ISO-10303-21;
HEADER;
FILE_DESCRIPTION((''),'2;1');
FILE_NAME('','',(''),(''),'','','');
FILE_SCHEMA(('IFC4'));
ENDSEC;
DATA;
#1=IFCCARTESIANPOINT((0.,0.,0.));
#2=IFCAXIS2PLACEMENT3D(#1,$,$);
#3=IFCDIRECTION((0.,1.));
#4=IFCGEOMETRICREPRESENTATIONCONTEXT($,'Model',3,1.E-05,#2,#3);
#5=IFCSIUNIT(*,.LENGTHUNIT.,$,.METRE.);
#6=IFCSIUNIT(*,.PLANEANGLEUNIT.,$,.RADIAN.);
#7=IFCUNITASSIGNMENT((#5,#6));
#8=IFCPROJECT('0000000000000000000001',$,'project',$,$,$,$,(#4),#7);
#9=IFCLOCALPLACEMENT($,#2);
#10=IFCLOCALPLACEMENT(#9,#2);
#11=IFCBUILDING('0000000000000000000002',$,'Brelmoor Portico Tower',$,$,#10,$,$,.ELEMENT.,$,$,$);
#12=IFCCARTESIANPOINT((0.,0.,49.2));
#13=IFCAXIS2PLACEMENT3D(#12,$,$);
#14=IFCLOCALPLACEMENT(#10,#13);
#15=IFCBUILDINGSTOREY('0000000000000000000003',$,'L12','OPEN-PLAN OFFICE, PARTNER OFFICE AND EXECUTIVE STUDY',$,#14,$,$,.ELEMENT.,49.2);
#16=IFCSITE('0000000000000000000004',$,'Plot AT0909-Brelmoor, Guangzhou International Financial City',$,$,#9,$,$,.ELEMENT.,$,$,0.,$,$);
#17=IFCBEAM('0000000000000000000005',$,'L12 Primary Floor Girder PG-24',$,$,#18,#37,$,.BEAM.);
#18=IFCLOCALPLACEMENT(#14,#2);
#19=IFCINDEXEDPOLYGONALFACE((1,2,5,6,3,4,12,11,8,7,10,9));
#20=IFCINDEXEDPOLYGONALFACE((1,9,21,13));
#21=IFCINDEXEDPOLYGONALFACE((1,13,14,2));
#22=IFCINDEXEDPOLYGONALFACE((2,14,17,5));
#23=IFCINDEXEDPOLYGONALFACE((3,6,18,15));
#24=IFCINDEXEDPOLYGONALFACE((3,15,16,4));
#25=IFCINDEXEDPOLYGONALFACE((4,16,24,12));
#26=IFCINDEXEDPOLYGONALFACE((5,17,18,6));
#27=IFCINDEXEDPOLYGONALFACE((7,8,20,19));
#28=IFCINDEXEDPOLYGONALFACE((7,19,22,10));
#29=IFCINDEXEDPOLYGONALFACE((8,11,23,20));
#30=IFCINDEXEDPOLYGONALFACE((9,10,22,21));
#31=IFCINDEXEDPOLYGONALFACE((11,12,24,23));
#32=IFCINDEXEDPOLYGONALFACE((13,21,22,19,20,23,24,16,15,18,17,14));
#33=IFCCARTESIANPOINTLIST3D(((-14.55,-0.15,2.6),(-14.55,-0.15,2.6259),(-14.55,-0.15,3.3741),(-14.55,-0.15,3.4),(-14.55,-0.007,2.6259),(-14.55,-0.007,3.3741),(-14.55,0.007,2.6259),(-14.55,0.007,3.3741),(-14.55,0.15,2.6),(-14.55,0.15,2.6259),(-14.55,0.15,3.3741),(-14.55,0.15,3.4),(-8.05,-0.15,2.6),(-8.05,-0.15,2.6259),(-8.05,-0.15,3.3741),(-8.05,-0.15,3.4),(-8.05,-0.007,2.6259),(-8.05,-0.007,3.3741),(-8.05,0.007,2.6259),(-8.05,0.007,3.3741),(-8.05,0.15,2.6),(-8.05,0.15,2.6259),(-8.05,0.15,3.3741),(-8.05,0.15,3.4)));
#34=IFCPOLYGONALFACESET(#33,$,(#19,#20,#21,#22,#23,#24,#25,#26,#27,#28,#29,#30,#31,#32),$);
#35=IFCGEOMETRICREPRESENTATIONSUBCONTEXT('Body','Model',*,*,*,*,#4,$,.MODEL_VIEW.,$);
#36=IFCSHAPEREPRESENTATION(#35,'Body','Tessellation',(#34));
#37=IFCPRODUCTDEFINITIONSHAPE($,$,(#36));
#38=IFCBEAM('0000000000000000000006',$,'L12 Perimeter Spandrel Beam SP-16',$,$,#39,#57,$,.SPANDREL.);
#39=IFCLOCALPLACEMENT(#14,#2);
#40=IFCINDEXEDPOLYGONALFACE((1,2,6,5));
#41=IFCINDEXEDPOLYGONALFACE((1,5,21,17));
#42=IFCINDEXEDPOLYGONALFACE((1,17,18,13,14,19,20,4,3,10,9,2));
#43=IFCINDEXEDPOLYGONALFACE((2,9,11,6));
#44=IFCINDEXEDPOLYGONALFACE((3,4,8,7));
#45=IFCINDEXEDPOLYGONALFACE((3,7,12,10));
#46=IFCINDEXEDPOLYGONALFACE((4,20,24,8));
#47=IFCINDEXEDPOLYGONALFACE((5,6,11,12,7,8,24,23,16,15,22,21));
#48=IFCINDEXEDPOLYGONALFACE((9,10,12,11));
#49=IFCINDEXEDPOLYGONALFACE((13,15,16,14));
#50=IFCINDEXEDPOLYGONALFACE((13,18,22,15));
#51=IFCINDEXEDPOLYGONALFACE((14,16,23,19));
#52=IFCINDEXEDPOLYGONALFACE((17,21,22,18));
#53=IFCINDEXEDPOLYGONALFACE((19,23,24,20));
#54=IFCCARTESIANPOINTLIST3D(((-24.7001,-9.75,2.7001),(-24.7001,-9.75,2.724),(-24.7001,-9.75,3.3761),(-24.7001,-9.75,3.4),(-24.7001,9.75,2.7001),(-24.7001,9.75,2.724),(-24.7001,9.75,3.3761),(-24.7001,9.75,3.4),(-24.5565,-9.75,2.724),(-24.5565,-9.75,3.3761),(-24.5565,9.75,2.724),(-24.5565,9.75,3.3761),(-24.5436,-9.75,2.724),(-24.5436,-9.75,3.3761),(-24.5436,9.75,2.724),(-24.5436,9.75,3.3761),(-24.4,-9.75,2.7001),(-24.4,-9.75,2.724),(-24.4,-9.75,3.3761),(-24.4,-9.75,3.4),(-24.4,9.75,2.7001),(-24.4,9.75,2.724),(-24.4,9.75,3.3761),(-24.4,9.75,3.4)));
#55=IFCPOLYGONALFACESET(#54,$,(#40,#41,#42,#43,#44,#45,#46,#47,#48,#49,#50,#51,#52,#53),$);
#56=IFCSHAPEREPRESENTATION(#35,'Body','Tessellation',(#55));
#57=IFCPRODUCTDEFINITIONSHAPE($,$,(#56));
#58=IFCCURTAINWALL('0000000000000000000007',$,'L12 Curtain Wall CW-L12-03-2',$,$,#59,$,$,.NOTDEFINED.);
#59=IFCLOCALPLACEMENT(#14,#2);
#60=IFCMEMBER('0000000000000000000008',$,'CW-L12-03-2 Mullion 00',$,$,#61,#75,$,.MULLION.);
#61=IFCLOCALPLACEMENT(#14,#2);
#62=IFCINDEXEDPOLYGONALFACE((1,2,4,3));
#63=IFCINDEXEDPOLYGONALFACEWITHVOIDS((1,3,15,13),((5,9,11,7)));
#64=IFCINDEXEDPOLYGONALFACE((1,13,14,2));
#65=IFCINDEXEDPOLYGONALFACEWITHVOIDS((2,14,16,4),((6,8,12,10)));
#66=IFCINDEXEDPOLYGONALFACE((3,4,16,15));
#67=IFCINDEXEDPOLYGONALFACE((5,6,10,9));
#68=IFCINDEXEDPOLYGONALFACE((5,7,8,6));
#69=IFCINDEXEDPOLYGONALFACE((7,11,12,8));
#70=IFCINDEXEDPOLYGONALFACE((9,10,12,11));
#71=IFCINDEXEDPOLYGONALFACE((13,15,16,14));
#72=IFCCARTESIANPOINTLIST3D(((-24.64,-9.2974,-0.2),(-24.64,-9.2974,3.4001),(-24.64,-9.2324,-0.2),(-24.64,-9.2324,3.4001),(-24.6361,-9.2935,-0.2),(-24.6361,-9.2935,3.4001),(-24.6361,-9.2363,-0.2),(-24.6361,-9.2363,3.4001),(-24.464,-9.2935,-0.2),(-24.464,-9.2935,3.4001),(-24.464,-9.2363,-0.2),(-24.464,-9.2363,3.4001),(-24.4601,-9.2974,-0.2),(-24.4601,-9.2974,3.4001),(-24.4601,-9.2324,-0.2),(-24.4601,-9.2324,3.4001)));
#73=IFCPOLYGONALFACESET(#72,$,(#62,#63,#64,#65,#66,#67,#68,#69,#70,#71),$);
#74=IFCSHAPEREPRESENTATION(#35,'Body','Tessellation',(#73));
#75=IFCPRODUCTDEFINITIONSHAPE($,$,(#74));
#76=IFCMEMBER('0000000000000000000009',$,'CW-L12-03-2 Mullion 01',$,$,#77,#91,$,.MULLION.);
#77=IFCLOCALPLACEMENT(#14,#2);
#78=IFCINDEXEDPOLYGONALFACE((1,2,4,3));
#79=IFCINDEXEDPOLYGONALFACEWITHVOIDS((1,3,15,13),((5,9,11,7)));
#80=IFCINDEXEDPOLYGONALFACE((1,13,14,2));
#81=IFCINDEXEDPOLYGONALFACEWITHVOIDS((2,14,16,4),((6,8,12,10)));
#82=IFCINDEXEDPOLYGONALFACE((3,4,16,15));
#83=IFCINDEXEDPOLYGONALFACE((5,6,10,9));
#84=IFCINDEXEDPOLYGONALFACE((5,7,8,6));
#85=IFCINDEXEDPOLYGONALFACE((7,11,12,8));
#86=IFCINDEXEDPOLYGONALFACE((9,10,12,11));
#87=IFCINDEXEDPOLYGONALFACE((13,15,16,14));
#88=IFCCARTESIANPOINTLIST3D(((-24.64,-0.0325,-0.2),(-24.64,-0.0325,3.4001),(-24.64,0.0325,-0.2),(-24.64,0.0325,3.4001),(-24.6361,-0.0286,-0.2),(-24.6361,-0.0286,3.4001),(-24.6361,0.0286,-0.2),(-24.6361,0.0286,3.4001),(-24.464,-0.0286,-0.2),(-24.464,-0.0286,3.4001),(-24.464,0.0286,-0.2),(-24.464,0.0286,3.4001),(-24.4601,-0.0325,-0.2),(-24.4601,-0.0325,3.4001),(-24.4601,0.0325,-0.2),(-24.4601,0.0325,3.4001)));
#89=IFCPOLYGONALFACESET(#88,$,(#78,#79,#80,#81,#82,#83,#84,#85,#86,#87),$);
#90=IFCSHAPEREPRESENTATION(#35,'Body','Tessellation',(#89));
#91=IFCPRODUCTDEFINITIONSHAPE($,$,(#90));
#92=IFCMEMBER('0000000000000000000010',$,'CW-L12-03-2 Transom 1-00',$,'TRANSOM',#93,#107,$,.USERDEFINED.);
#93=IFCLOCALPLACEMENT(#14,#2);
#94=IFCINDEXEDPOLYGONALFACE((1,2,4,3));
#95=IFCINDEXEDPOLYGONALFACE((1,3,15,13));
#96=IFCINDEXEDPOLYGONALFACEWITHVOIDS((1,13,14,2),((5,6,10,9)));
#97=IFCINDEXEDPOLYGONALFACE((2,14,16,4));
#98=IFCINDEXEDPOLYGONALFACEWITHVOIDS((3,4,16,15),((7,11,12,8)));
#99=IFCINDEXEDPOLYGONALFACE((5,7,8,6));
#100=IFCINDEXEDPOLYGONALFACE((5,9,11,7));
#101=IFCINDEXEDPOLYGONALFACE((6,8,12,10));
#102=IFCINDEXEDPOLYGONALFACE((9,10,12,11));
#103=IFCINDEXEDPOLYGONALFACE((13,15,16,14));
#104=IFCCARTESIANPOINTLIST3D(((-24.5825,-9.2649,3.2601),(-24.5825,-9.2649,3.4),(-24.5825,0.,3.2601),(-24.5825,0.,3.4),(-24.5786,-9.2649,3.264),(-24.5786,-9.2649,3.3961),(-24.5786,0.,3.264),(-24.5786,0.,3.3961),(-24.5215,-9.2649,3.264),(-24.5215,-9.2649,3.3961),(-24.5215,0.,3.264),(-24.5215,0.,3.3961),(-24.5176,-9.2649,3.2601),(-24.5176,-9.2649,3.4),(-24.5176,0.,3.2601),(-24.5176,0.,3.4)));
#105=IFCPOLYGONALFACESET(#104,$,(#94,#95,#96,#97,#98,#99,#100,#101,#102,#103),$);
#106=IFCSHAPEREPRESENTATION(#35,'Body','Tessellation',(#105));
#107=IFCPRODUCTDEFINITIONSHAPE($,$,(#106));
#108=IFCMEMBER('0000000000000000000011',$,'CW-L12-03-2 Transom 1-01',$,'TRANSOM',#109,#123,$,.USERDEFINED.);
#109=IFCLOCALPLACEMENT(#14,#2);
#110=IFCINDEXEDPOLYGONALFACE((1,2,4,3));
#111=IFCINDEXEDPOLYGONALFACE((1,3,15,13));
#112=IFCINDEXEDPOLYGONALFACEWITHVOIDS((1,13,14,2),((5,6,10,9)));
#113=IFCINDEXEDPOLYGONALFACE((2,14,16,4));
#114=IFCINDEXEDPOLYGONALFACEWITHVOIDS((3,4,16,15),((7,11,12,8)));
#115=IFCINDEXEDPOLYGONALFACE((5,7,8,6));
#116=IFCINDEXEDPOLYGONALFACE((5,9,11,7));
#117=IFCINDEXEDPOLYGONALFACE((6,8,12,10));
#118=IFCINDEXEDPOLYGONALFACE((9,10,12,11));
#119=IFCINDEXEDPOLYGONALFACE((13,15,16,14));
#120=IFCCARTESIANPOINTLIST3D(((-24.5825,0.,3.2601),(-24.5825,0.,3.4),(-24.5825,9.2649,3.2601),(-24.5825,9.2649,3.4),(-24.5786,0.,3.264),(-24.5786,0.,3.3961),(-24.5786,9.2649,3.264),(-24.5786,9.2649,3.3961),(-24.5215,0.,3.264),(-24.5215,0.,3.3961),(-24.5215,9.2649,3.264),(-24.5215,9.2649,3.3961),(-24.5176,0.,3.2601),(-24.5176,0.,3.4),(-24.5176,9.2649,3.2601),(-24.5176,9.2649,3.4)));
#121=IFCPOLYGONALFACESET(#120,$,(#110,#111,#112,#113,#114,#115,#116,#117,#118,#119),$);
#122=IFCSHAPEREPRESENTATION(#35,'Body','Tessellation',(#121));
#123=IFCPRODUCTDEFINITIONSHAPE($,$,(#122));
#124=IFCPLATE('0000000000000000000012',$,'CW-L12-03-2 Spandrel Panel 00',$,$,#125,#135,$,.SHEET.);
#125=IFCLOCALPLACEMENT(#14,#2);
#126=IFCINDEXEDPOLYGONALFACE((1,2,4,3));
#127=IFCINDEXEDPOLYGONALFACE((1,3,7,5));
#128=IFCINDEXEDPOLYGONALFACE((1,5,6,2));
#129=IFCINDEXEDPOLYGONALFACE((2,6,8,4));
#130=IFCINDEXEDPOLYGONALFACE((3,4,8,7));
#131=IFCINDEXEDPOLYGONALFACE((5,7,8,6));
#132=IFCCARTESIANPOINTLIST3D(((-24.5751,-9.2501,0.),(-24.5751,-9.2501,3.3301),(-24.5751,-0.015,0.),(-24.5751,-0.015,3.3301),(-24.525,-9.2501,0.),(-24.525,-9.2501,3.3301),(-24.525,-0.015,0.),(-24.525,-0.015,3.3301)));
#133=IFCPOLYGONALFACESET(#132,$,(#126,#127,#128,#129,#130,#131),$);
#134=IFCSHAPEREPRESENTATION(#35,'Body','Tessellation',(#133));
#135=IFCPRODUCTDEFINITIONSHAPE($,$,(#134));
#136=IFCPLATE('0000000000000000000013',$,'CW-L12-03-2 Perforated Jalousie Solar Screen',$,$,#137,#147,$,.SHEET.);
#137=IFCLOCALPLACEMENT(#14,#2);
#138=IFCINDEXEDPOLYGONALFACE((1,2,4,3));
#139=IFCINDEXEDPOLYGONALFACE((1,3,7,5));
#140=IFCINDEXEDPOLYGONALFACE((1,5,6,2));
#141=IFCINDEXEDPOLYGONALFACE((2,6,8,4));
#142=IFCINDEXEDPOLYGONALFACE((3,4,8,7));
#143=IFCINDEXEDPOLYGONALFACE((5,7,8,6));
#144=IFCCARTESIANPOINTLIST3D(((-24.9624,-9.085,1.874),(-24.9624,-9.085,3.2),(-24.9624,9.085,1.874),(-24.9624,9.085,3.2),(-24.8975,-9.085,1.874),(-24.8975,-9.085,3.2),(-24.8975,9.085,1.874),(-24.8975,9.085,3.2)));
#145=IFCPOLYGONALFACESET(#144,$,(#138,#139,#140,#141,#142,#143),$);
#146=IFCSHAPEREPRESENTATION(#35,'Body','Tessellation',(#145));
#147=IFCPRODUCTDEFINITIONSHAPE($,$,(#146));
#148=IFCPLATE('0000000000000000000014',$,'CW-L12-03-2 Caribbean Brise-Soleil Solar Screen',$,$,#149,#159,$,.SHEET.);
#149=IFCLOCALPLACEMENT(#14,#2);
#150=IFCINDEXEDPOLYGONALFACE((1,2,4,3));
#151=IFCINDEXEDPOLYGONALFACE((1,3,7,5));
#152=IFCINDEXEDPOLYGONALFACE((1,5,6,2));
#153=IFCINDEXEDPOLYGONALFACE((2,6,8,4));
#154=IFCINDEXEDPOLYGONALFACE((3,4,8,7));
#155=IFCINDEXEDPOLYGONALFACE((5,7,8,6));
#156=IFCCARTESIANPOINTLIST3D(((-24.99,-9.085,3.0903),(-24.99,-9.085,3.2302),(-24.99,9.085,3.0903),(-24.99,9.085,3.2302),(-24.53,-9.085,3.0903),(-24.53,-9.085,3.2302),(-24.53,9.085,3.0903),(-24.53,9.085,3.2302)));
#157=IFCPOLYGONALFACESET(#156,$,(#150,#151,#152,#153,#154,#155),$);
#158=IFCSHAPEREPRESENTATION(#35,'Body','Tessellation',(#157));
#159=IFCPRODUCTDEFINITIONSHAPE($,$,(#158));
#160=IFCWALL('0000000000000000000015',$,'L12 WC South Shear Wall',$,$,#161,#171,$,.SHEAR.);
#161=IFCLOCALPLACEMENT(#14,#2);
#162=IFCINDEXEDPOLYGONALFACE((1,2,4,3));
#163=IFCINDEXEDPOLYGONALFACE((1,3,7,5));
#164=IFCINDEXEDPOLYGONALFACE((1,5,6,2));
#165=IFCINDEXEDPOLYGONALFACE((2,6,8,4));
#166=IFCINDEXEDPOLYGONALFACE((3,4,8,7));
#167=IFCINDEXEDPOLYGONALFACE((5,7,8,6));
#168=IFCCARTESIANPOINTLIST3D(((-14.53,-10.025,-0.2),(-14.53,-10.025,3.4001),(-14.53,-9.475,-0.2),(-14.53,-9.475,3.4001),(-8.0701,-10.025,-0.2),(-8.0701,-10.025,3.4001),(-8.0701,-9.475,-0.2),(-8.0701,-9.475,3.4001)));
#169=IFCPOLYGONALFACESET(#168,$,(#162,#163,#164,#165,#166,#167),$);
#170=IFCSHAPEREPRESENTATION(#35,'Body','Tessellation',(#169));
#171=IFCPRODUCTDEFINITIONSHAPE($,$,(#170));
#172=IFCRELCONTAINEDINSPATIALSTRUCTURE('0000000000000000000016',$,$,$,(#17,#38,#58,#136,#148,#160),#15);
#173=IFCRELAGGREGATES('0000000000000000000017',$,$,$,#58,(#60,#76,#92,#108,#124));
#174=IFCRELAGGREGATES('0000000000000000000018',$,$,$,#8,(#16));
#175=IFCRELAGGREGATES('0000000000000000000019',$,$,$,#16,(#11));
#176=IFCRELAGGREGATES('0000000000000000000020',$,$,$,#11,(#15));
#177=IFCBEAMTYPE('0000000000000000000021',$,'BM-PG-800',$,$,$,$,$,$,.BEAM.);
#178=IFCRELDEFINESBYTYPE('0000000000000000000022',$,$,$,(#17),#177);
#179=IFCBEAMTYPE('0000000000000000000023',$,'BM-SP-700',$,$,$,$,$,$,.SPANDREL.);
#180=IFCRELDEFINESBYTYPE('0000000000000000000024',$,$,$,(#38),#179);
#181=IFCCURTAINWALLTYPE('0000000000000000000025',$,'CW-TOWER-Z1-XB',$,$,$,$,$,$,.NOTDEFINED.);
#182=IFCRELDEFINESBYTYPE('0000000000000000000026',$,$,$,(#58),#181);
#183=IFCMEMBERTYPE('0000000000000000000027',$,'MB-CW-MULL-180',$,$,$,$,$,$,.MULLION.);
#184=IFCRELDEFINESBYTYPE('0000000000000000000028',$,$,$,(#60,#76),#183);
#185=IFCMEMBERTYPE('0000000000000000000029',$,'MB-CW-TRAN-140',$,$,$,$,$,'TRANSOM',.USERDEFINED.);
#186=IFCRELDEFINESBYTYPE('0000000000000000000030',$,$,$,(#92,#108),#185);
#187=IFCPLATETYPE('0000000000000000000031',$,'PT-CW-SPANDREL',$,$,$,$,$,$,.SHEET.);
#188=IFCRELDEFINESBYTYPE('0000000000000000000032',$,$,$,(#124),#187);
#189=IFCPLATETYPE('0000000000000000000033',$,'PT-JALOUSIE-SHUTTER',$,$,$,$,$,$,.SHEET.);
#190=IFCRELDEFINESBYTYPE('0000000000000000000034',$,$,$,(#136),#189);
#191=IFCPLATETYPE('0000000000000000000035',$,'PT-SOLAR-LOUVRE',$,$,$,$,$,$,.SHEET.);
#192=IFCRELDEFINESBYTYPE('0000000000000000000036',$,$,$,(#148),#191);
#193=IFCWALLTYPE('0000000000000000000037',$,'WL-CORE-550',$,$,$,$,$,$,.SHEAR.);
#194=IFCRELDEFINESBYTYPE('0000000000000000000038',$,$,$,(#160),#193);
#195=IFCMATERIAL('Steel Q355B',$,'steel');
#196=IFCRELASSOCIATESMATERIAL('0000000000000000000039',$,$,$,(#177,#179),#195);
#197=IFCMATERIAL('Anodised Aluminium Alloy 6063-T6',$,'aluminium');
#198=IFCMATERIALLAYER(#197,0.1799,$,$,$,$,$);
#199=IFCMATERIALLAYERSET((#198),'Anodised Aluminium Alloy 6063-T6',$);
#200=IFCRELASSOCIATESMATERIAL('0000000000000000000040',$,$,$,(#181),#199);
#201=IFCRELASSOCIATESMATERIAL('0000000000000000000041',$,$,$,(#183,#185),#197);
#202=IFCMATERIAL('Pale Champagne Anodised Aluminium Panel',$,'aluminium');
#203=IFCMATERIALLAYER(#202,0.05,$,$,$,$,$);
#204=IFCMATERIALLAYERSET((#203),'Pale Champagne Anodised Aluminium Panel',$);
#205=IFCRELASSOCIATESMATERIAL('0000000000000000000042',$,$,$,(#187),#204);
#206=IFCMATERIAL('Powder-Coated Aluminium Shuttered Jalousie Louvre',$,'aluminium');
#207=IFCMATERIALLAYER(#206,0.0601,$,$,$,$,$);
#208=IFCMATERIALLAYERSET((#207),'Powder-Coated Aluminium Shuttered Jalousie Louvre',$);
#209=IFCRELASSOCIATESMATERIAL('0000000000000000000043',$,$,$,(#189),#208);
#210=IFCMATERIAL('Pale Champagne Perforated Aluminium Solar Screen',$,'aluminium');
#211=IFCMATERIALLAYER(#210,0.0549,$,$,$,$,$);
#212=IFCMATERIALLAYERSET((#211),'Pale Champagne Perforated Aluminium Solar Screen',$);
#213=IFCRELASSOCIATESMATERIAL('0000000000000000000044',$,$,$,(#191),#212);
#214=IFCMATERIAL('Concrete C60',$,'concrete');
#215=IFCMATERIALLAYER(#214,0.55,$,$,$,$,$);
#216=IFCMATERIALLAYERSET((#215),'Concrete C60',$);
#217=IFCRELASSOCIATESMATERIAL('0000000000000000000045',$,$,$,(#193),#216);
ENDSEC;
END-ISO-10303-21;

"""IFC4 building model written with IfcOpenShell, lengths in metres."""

from ifc_helpers import new_model, si_unit, direction, frame, frame_2d, origin, origin_2d, place, context, subcontext, project, spatial, rectangle, hollow_rectangle, i_section, extrude, material, layer, layer_set, material_profile, profile_set, type_object, element, aggregate, save


model = new_model("IFC4")

# Units and contexts
model_context = context("Model", 3, precision=1e-05, world=origin(), true_north=direction((0.0, 1.0)))
body_context = subcontext(model_context, "Body", "Model", "MODEL_VIEW")
ifc_project = project(units=[si_unit("LENGTHUNIT", "METRE"), si_unit("PLANEANGLEUNIT", "RADIAN")], contexts=[model_context])

# Site, building, storey
site_placement = place(None, origin())
site = spatial("IfcSite", under=ifc_project, at=site_placement, Name="Plot AT0909-Brelmoor, Guangzhou International Financial City", CompositionType="ELEMENT", RefElevation=0.0)
building_placement = place(site_placement, origin())
building = spatial("IfcBuilding", under=site, at=building_placement, Name="Brelmoor Portico Tower", CompositionType="ELEMENT")
storey_placement = place(building_placement, frame((0.0, 0.0, 49.2)))
storey = spatial("IfcBuildingStorey", under=building, at=storey_placement, Name="L12", Description="OPEN-PLAN OFFICE, PARTNER OFFICE AND EXECUTIVE STUDY", CompositionType="ELEMENT", Elevation=49.2)

# Shared definitions
ifc_material_1 = material(Name="Steel Q355B", Category="steel")

# Beams
ifc_material_profile_1 = material_profile(ifc_material_1, i_section(OverallWidth=0.3, OverallDepth=0.8, WebThickness=0.0139, FlangeThickness=0.0259, at=origin_2d()), Name="HN 800x300x14x26")
ifc_profile_set_1 = profile_set([ifc_material_profile_1], Name="Steel Q355B")
beam_type_1 = type_object("IfcBeamType", Name="BM-PG-800", PredefinedType="BEAM", material=ifc_profile_set_1)
for number, where, z_axis, x_axis, name in (
    (1, (-14.55, 0.0, 3.0), (1.0, 0.0, 0.0), (0.0, 1.0, 0.0), "L12 Primary Floor Girder PG-24"),
):
    element("IfcBeam", number, at=place(storey_placement, frame(where, z_axis=z_axis, x_axis=x_axis)), inside=storey, type_object=beam_type_1, Name=name, PredefinedType="BEAM", context=body_context, shape_type="SweptSolid", body=[
        extrude(i_section(OverallWidth=0.3, OverallDepth=0.8, WebThickness=0.0139, FlangeThickness=0.0259, at=origin_2d()), origin(), (0.0, 0.0, 1.0), 6.5),
    ])
ifc_material_profile_2 = material_profile(ifc_material_1, i_section(OverallWidth=0.3, OverallDepth=0.7, WebThickness=0.0129, FlangeThickness=0.0239, at=origin_2d()), Name="HN 700x300x13x24")
ifc_profile_set_2 = profile_set([ifc_material_profile_2], Name="Steel Q355B")
beam_type_2 = type_object("IfcBeamType", Name="BM-SP-700", PredefinedType="SPANDREL", material=ifc_profile_set_2)
beam_1_placement = place(storey_placement, frame((-24.55, -9.75, 3.05), z_axis=(0.0, 1.0, 0.0), x_axis=(-1.0, 0.0, 0.0)))
element("IfcBeam", 2, at=beam_1_placement, inside=storey, type_object=beam_type_2, Name="L12 Perimeter Spandrel Beam SP-16", PredefinedType="SPANDREL", context=body_context, shape_type="SweptSolid", body=[
    extrude(i_section(OverallWidth=0.3, OverallDepth=0.7, WebThickness=0.0129, FlangeThickness=0.0239, at=origin_2d()), origin(), (0.0, 0.0, 1.0), 19.5),
])

# Curtain wall, members, plate
ifc_material_2 = material(Name="Anodised Aluminium Alloy 6063-T6", Category="aluminium")
ifc_layer_1 = layer(ifc_material_2, 0.1799)
ifc_layer_set_1 = layer_set([ifc_layer_1], Name="Anodised Aluminium Alloy 6063-T6")
curtain_wall_type = type_object("IfcCurtainWallType", Name="CW-TOWER-Z1-XB", PredefinedType="NOTDEFINED", material=ifc_layer_set_1)
curtain_wall_placement = place(storey_placement, origin())
curtain_wall = element("IfcCurtainWall", 3, at=curtain_wall_placement, inside=storey, type_object=curtain_wall_type, Name="L12 Curtain Wall CW-L12-03-2", PredefinedType="NOTDEFINED")
ifc_material_profile_3 = material_profile(ifc_material_2, hollow_rectangle(XDim=0.0649, YDim=0.1799, WallThickness=0.0039, at=origin_2d()), Name="ALU MULLION 65x180")
ifc_profile_set_3 = profile_set([ifc_material_profile_3], Name="Anodised Aluminium Alloy 6063-T6")
member_type_1 = type_object("IfcMemberType", Name="MB-CW-MULL-180", PredefinedType="MULLION", material=ifc_profile_set_3)
member_1_placement = place(storey_placement, frame((-24.55, -9.2649, -0.2), z_axis=(0.0, 0.0, 1.0), x_axis=(0.0, 1.0, 0.0)))
member_1 = element("IfcMember", 4, at=member_1_placement, type_object=member_type_1, Name="CW-L12-03-2 Mullion 00", PredefinedType="MULLION", context=body_context, shape_type="SweptSolid", body=[
    extrude(hollow_rectangle(XDim=0.0649, YDim=0.1799, WallThickness=0.0039, at=origin_2d()), origin(), (0.0, 0.0, 1.0), 3.6001),
])
member_2_placement = place(storey_placement, frame((-24.55, 0.0, -0.2), z_axis=(0.0, 0.0, 1.0), x_axis=(0.0, 1.0, 0.0)))
member_2 = element("IfcMember", 5, at=member_2_placement, type_object=member_type_1, Name="CW-L12-03-2 Mullion 01", PredefinedType="MULLION", context=body_context, shape_type="SweptSolid", body=[
    extrude(hollow_rectangle(XDim=0.0649, YDim=0.1799, WallThickness=0.0039, at=origin_2d()), origin(), (0.0, 0.0, 1.0), 3.6001),
])
ifc_material_profile_4 = material_profile(ifc_material_2, hollow_rectangle(XDim=0.0649, YDim=0.1399, WallThickness=0.0039, at=origin_2d()), Name="ALU TRANSOM 65x140")
ifc_profile_set_4 = profile_set([ifc_material_profile_4], Name="Anodised Aluminium Alloy 6063-T6")
member_type_2 = type_object("IfcMemberType", Name="MB-CW-TRAN-140", ElementType="TRANSOM", PredefinedType="USERDEFINED", material=ifc_profile_set_4)
member_3_placement = place(storey_placement, frame((-24.55, -9.2649, 3.3301), z_axis=(0.0, 1.0, 0.0), x_axis=(-1.0, 0.0, 0.0)))
member_3 = element("IfcMember", 6, at=member_3_placement, type_object=member_type_2, Name="CW-L12-03-2 Transom 1-00", ObjectType="TRANSOM", PredefinedType="USERDEFINED", context=body_context, shape_type="SweptSolid", body=[
    extrude(hollow_rectangle(XDim=0.0649, YDim=0.1399, WallThickness=0.0039, at=origin_2d()), origin(), (0.0, 0.0, 1.0), 9.2649),
])
member_4_placement = place(storey_placement, frame((-24.55, 0.0, 3.3301), z_axis=(0.0, 1.0, 0.0), x_axis=(-1.0, 0.0, 0.0)))
member_4 = element("IfcMember", 7, at=member_4_placement, type_object=member_type_2, Name="CW-L12-03-2 Transom 1-01", ObjectType="TRANSOM", PredefinedType="USERDEFINED", context=body_context, shape_type="SweptSolid", body=[
    extrude(hollow_rectangle(XDim=0.0649, YDim=0.1399, WallThickness=0.0039, at=origin_2d()), origin(), (0.0, 0.0, 1.0), 9.2649),
])
ifc_material_3 = material(Name="Pale Champagne Anodised Aluminium Panel", Category="aluminium")
ifc_layer_2 = layer(ifc_material_3, 0.05)
ifc_layer_set_2 = layer_set([ifc_layer_2], Name="Pale Champagne Anodised Aluminium Panel")
plate_type_1 = type_object("IfcPlateType", Name="PT-CW-SPANDREL", PredefinedType="SHEET", material=ifc_layer_set_2)
plate_1_placement = place(storey_placement, frame((-24.55, -4.6326, 0.0), z_axis=(0.0, 0.0, 1.0), x_axis=(0.0, 1.0, 0.0)))
plate_1 = element("IfcPlate", 8, at=plate_1_placement, type_object=plate_type_1, Name="CW-L12-03-2 Spandrel Panel 00", PredefinedType="SHEET", context=body_context, shape_type="SweptSolid", body=[
    extrude(rectangle(XDim=9.2351, YDim=0.05, at=origin_2d()), origin(), (0.0, 0.0, 1.0), 3.3301),
])
aggregate(curtain_wall, [member_1, member_2, member_3, member_4, plate_1])

# Plates
ifc_material_4 = material(Name="Powder-Coated Aluminium Shuttered Jalousie Louvre", Category="aluminium")
ifc_layer_3 = layer(ifc_material_4, 0.0601)
ifc_layer_set_3 = layer_set([ifc_layer_3], Name="Powder-Coated Aluminium Shuttered Jalousie Louvre")
plate_type_2 = type_object("IfcPlateType", Name="PT-JALOUSIE-SHUTTER", PredefinedType="SHEET", material=ifc_layer_set_3)
plate_2_placement = place(storey_placement, frame((-24.9299, 0.0, 1.874), z_axis=(0.0, 0.0, 1.0), x_axis=(0.0, 1.0, 0.0)))
element("IfcPlate", 9, at=plate_2_placement, inside=storey, type_object=plate_type_2, Name="CW-L12-03-2 Perforated Jalousie Solar Screen", PredefinedType="SHEET", context=body_context, shape_type="SweptSolid", body=[
    extrude(rectangle(XDim=18.1699, YDim=0.0649, at=origin_2d()), origin(), (0.0, 0.0, 1.0), 1.3259),
])
ifc_material_5 = material(Name="Pale Champagne Perforated Aluminium Solar Screen", Category="aluminium")
ifc_layer_4 = layer(ifc_material_5, 0.0549)
ifc_layer_set_4 = layer_set([ifc_layer_4], Name="Pale Champagne Perforated Aluminium Solar Screen")
plate_type_3 = type_object("IfcPlateType", Name="PT-SOLAR-LOUVRE", PredefinedType="SHEET", material=ifc_layer_set_4)
plate_3_placement = place(storey_placement, frame((-24.76, 0.0, 3.0903), z_axis=(0.0, 0.0, 1.0), x_axis=(0.0, 1.0, 0.0)))
element("IfcPlate", 10, at=plate_3_placement, inside=storey, type_object=plate_type_3, Name="CW-L12-03-2 Caribbean Brise-Soleil Solar Screen", PredefinedType="SHEET", context=body_context, shape_type="SweptSolid", body=[
    extrude(rectangle(XDim=18.1699, YDim=0.46, at=origin_2d()), origin(), (0.0, 0.0, 1.0), 0.1399),
])

# Wall
ifc_material_6 = material(Name="Concrete C60", Category="concrete")
ifc_layer_5 = layer(ifc_material_6, 0.55)
ifc_layer_set_5 = layer_set([ifc_layer_5], Name="Concrete C60")
wall_type_1 = type_object("IfcWallType", Name="WL-CORE-550", PredefinedType="SHEAR", material=ifc_layer_set_5)
wall_1_placement = place(storey_placement, frame((-14.53, -9.75, -0.2), z_axis=(0.0, 0.0, 1.0), x_axis=(1.0, 0.0, 0.0)))
element("IfcWall", 11, at=wall_1_placement, inside=storey, type_object=wall_type_1, Name="L12 WC South Shear Wall", PredefinedType="SHEAR", context=body_context, shape_type="SweptSolid", body=[
    extrude(rectangle(XDim=6.46, YDim=0.55, at=frame_2d((3.23, 0.0))), origin(), (0.0, 0.0, 1.0), 3.6001),
])

save(model, "model.ifc")
